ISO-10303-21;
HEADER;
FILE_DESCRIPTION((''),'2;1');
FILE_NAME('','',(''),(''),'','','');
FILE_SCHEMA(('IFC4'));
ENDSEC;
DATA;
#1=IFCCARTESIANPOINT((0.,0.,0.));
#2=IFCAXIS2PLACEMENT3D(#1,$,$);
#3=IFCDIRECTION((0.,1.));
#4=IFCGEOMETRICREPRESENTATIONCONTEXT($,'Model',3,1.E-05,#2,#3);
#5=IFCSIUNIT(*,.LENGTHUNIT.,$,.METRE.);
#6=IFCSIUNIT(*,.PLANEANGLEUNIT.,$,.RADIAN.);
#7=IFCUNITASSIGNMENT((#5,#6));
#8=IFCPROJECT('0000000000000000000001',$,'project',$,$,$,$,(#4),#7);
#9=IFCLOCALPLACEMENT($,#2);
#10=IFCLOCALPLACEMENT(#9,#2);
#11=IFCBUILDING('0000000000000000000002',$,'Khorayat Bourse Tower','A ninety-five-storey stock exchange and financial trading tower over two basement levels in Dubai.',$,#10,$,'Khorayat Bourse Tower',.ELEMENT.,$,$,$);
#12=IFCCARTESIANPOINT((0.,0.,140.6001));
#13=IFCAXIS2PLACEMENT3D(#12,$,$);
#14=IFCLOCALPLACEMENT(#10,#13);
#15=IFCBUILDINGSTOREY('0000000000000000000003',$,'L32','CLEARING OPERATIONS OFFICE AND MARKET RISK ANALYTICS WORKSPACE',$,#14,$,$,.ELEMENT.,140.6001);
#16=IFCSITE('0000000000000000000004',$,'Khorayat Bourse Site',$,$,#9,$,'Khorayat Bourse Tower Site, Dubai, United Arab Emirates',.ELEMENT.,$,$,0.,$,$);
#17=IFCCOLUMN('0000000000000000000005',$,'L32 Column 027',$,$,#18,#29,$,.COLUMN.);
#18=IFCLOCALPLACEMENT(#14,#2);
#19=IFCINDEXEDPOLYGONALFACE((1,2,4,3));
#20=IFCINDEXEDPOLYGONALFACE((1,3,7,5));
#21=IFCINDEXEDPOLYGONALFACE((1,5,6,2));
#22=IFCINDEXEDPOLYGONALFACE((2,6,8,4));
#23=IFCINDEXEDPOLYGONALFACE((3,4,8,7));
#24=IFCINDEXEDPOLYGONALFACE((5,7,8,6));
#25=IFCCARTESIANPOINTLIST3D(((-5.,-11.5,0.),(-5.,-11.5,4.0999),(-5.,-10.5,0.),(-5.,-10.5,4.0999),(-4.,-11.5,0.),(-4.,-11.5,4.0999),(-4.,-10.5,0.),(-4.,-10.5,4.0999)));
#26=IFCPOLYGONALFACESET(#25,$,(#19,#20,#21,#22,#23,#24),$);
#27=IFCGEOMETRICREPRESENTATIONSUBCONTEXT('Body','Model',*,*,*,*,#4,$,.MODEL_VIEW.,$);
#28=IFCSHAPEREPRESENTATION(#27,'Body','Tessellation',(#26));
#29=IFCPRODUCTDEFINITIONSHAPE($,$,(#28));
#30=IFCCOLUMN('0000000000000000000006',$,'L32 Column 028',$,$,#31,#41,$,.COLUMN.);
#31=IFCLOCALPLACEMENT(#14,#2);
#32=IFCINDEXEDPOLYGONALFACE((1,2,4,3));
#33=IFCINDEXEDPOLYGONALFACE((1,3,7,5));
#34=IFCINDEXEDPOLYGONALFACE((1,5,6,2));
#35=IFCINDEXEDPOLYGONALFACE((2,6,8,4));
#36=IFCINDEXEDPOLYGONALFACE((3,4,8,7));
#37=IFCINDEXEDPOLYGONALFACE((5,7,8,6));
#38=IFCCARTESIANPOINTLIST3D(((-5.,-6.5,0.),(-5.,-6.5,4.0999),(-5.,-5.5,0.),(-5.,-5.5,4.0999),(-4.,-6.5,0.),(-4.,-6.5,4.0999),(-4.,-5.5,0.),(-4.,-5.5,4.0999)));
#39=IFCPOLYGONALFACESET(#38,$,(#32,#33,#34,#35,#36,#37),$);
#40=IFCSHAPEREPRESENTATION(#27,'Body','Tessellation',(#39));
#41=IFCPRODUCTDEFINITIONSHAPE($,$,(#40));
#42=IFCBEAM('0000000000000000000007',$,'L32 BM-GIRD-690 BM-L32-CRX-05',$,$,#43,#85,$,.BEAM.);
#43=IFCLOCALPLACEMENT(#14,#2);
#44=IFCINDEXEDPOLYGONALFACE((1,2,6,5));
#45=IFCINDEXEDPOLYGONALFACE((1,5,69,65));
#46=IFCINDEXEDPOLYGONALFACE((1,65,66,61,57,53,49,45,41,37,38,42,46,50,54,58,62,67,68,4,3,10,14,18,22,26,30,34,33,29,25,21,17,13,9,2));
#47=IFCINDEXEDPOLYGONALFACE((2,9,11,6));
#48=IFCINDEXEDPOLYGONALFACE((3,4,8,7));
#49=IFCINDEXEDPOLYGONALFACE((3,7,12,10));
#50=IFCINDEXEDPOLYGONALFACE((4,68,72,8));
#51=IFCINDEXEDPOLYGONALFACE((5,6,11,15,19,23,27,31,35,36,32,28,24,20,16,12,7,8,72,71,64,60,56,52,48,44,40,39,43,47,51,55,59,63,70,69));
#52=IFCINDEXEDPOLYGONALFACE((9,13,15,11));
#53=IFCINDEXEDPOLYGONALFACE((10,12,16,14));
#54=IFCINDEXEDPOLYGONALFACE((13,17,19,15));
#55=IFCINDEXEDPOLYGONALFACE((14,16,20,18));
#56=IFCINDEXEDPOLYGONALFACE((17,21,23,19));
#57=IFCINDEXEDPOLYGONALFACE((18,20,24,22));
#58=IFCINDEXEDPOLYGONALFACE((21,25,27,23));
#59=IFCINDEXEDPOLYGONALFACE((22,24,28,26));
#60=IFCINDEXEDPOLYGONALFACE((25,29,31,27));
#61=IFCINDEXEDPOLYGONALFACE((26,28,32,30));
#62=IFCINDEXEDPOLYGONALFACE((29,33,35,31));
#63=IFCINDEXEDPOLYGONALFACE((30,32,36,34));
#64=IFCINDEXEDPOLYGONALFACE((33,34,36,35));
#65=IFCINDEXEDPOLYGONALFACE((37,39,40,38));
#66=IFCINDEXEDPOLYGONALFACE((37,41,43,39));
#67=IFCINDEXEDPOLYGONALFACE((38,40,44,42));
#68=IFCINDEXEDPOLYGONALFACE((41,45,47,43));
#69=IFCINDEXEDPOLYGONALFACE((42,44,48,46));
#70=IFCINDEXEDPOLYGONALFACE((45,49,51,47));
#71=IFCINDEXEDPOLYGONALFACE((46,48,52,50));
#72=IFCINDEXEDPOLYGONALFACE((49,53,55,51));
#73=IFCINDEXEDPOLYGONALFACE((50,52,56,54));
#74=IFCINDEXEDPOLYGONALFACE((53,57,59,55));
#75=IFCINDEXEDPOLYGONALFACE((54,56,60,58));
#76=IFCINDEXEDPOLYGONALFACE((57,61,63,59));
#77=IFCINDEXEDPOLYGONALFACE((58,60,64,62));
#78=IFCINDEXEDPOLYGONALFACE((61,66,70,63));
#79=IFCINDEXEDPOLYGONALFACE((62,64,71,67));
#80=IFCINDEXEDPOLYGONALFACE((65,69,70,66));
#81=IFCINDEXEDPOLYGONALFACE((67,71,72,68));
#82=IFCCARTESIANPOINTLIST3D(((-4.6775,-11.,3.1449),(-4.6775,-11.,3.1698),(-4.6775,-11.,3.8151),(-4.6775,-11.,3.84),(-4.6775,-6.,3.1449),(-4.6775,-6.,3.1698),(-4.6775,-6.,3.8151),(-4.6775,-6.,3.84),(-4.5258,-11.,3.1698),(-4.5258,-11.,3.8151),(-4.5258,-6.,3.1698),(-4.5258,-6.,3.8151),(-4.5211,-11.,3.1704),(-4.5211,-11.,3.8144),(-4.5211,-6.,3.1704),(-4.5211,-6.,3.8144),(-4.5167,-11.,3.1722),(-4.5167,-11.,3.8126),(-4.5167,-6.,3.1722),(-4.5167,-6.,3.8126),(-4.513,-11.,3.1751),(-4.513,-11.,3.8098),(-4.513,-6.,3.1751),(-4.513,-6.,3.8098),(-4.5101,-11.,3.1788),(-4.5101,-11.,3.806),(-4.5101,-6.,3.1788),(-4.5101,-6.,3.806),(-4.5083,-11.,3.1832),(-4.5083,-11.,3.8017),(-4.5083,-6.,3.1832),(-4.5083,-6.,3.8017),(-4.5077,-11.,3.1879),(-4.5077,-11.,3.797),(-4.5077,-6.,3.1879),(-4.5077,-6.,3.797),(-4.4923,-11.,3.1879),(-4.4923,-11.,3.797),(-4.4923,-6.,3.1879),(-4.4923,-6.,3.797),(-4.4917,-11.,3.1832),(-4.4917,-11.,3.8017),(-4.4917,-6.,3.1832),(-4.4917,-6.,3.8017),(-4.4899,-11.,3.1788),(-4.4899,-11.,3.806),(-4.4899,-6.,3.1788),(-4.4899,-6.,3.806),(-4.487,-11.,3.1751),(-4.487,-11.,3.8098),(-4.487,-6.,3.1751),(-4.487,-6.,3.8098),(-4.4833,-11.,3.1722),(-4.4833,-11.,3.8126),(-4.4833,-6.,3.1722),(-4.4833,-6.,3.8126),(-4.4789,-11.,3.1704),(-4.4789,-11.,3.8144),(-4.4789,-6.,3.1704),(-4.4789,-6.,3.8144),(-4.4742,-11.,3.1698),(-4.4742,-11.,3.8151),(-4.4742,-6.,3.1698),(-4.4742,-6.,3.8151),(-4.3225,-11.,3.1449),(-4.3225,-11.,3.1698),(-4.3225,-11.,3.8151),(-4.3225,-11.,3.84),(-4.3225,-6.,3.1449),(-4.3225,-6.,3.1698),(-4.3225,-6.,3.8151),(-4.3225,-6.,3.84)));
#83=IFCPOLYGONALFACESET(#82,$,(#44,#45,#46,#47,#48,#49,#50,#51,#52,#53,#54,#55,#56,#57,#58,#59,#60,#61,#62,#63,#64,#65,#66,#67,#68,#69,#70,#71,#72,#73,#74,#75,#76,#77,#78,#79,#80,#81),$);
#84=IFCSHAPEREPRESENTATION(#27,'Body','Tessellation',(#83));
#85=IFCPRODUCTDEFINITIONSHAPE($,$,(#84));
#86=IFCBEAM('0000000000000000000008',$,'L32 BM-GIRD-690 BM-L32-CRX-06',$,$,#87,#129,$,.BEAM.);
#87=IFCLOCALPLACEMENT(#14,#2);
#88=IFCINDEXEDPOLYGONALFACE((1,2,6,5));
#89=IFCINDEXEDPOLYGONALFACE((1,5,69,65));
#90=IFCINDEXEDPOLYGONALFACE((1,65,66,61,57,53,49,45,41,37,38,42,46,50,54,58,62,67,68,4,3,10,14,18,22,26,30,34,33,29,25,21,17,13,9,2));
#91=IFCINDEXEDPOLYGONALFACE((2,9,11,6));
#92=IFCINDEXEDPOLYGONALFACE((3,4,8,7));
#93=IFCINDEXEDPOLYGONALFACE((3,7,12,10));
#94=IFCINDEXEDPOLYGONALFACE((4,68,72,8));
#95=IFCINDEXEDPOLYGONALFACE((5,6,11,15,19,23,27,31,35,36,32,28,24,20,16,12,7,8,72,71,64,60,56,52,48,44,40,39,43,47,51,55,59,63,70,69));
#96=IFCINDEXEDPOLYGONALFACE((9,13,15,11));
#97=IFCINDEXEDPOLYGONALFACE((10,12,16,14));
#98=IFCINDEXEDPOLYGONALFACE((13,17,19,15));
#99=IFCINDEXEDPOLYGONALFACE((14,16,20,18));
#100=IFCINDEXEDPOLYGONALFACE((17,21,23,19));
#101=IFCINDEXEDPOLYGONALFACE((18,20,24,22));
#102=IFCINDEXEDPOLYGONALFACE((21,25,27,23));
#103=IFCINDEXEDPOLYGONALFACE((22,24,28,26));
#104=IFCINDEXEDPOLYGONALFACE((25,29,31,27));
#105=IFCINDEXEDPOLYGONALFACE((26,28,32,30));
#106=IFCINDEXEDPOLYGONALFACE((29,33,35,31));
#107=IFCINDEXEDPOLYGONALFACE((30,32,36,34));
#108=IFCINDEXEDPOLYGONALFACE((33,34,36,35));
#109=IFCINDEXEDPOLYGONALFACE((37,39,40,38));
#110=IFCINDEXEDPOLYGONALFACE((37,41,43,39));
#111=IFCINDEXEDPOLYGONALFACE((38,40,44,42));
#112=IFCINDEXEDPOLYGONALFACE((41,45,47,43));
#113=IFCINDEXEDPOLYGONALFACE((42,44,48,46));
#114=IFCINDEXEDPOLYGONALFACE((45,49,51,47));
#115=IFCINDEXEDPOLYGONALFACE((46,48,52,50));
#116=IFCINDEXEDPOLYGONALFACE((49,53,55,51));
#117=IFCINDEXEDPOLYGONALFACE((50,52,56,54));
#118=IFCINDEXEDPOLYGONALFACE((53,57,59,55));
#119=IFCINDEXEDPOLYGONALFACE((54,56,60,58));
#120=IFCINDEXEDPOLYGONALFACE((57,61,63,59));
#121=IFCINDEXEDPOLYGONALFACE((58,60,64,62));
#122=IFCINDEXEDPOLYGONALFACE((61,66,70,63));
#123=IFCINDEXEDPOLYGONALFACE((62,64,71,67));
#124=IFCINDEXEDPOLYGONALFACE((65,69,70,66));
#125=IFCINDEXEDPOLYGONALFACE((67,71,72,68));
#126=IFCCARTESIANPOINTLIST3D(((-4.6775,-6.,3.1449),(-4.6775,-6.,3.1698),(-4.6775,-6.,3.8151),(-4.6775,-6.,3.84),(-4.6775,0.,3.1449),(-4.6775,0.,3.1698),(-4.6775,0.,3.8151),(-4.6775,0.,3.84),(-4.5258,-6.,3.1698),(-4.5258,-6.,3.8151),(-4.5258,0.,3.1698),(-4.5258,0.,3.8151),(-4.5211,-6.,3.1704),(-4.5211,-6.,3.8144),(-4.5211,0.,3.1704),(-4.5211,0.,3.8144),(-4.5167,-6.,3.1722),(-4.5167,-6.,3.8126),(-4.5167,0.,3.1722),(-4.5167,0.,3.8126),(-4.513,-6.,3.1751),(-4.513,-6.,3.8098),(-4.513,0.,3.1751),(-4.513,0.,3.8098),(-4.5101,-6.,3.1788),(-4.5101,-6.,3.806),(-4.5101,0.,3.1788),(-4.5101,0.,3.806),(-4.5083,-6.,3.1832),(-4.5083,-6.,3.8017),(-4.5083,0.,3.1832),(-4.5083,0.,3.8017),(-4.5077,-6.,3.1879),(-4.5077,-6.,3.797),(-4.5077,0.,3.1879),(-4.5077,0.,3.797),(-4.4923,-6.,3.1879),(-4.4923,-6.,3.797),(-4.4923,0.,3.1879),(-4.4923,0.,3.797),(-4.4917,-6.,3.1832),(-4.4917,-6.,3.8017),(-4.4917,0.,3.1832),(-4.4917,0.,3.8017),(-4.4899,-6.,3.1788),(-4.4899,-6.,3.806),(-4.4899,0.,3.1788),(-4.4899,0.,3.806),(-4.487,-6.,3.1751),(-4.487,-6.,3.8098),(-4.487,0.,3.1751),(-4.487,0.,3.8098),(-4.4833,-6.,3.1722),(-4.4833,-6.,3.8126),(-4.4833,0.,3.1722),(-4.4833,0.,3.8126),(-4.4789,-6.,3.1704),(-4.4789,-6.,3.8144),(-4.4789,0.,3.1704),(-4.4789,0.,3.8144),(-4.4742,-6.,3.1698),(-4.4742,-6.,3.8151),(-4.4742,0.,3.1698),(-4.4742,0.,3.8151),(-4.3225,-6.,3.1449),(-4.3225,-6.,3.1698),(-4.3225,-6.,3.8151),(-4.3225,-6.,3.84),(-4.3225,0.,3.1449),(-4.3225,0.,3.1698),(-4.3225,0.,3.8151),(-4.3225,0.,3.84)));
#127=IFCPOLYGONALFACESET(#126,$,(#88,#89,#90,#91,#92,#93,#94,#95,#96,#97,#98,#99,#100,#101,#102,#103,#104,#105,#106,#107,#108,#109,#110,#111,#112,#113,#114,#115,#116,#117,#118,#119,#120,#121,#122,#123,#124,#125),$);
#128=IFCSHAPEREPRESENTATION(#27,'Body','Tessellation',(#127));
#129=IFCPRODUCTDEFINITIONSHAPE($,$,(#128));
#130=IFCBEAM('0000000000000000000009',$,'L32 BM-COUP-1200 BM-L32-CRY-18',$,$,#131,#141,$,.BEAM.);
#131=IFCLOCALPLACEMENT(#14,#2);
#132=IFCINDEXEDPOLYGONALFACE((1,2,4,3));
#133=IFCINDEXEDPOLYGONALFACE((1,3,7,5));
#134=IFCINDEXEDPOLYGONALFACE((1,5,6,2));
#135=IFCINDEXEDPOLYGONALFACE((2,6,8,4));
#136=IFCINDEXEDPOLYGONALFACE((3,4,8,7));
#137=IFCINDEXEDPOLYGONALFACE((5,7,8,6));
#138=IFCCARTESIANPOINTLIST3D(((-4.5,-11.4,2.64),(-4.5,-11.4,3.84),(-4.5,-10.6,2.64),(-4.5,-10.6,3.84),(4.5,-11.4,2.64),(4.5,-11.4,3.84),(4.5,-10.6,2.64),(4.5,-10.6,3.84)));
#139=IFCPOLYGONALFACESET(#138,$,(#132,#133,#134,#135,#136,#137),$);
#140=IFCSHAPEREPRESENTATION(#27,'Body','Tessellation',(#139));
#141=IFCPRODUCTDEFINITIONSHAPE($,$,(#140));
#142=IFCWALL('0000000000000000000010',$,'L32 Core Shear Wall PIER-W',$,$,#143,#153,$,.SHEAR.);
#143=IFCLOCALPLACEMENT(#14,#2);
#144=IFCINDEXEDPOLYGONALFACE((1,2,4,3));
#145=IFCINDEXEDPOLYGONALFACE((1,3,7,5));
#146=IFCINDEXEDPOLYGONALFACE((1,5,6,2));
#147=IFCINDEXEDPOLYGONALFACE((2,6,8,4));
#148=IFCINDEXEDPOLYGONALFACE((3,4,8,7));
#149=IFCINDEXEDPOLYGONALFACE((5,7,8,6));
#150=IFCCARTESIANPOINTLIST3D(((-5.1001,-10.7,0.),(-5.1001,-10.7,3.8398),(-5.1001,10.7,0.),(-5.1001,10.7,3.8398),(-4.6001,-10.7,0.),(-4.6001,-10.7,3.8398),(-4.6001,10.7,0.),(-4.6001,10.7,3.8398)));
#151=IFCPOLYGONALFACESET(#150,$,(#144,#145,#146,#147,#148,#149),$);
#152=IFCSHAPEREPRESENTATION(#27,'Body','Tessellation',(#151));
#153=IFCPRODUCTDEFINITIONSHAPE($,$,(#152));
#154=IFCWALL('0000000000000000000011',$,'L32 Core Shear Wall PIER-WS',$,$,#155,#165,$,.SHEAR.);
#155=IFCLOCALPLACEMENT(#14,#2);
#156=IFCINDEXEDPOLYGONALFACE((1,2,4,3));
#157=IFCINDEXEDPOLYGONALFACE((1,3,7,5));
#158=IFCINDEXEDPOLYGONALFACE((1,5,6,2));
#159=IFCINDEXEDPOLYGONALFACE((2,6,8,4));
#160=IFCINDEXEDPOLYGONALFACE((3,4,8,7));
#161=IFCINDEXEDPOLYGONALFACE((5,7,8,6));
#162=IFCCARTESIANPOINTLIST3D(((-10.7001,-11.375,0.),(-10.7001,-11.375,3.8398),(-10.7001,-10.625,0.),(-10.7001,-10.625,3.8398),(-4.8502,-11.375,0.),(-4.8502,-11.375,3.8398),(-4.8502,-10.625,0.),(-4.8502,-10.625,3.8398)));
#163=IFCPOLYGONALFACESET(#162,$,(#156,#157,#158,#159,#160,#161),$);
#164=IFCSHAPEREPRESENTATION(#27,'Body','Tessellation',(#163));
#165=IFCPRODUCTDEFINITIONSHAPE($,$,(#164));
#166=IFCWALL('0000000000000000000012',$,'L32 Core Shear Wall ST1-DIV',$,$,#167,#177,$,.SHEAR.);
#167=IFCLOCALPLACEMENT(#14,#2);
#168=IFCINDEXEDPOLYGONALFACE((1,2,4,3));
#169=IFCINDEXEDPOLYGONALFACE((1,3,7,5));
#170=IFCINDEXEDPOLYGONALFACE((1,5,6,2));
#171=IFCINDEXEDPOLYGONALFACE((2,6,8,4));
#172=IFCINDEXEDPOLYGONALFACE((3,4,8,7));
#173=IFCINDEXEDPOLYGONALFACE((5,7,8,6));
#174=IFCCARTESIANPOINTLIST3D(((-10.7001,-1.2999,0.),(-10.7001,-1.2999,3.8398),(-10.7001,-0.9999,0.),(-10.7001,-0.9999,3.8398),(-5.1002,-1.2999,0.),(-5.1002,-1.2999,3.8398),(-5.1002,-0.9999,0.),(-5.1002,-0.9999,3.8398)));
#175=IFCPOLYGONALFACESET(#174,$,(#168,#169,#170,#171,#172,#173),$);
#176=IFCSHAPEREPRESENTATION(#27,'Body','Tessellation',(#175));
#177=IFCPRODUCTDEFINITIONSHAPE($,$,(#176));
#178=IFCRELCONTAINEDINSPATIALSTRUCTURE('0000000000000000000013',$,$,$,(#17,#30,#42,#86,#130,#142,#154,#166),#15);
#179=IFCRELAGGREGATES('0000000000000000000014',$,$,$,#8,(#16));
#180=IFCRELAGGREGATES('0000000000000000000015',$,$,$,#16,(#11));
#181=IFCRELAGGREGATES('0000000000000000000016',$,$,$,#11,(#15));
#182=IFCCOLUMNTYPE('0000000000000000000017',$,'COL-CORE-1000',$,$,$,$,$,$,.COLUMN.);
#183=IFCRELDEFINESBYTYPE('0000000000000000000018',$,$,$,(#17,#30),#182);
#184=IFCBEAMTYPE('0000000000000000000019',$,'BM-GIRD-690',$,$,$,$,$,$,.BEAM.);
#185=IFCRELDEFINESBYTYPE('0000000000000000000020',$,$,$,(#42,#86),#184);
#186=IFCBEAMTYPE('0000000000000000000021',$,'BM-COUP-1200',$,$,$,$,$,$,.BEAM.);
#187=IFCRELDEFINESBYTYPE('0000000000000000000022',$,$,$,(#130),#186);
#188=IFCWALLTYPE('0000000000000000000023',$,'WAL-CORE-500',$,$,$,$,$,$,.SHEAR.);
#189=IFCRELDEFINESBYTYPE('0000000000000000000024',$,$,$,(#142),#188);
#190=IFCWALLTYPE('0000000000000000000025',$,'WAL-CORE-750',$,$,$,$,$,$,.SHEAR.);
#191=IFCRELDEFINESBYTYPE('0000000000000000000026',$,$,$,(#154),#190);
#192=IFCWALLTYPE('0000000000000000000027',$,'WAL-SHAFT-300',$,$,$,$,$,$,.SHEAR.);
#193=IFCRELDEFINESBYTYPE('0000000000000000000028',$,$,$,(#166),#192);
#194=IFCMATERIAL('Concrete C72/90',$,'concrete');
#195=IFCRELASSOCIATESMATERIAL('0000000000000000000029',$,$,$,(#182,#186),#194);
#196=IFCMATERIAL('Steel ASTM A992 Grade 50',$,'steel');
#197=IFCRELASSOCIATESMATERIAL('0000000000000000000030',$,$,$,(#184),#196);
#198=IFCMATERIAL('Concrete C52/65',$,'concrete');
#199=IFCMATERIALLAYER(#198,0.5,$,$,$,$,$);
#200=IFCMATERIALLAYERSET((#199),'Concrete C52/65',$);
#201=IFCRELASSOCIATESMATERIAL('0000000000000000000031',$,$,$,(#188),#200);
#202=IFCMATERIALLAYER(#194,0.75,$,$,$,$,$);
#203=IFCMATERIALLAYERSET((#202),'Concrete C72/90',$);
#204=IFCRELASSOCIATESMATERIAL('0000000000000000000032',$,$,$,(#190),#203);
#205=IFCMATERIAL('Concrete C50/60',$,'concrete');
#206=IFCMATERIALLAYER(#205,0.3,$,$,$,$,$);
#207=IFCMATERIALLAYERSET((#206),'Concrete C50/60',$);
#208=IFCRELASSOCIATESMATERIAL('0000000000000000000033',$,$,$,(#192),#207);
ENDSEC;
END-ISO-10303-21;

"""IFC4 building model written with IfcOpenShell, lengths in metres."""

from ifc_helpers import new_model, si_unit, direction, frame, frame_2d, origin, origin_2d, place, context, subcontext, project, spatial, rectangle, i_section, extrude, source, transform, mapped, material, layer, layer_set, material_profile, profile_set, type_object, element, save


model = new_model("IFC4")

# Units and contexts
model_context = context("Model", 3, precision=1e-05, world=origin(), true_north=direction((0.0, 1.0)))
body_context = subcontext(model_context, "Body", "Model", "MODEL_VIEW")
ifc_project = project(units=[si_unit("LENGTHUNIT", "METRE"), si_unit("PLANEANGLEUNIT", "RADIAN")], contexts=[model_context])

# Site, building, storey
site_placement = place(None, origin())
site = spatial("IfcSite", under=ifc_project, at=site_placement, Name="Khorayat Bourse Site", LongName="Khorayat Bourse Tower Site, Dubai, United Arab Emirates", CompositionType="ELEMENT", RefElevation=0.0)
building_placement = place(site_placement, origin())
building = spatial("IfcBuilding", under=site, at=building_placement, Name="Khorayat Bourse Tower", Description="A ninety-five-storey stock exchange and financial trading tower over two basement levels in Dubai.", LongName="Khorayat Bourse Tower", CompositionType="ELEMENT")
storey_placement = place(building_placement, frame((0.0, 0.0, 140.6001)))
storey = spatial("IfcBuildingStorey", under=building, at=storey_placement, Name="L32", Description="CLEARING OPERATIONS OFFICE AND MARKET RISK ANALYTICS WORKSPACE", CompositionType="ELEMENT", Elevation=140.6001)

# Columns
ifc_material_1 = material(Name="Concrete C72/90", Category="concrete")
ifc_material_profile_1 = material_profile(ifc_material_1, rectangle(XDim=1.0, YDim=1.0, at=origin_2d()), Name="RC 1000x1000")
ifc_profile_set_1 = profile_set([ifc_material_profile_1], Name="Concrete C72/90")
column_type = type_object("IfcColumnType", Name="COL-CORE-1000", PredefinedType="COLUMN", material=ifc_profile_set_1)
shared_shape_1 = source(origin(), body_context, "Body", "SweptSolid", [
    extrude(rectangle(XDim=1.0, YDim=1.0, at=origin_2d()), origin(), (0.0, 0.0, 1.0), 4.0999),
])
for number, where, z_axis, x_axis, name in (
    (1, (-4.5, -11.0, 0.0), (0.0, 0.0, 1.0), (1.0, 0.0, 0.0), "L32 Column 027"),
    (2, (-4.5, -6.0, 0.0), (0.0, 0.0, 1.0), (1.0, 0.0, 0.0), "L32 Column 028"),
):
    element("IfcColumn", number, at=place(storey_placement, frame(where, z_axis=z_axis, x_axis=x_axis)), inside=storey, type_object=column_type, Name=name, PredefinedType="COLUMN", context=body_context, shape_type="MappedRepresentation", body=[
        mapped(shared_shape_1, transform((0.0, 0.0, 0.0), scale=1.0)),
    ])

# Beams
ifc_material_2 = material(Name="Steel ASTM A992 Grade 50", Category="steel")
ifc_material_profile_2 = material_profile(ifc_material_2, i_section(OverallWidth=0.355, OverallDepth=0.6951, WebThickness=0.0154, FlangeThickness=0.0249, FilletRadius=0.0181, at=origin_2d()), Name="W690X217")
ifc_profile_set_2 = profile_set([ifc_material_profile_2], Name="Steel ASTM A992 Grade 50")
beam_type_1 = type_object("IfcBeamType", Name="BM-GIRD-690", PredefinedType="BEAM", material=ifc_profile_set_2)
shared_shape_2 = source(origin(), body_context, "Body", "SweptSolid", [
    extrude(i_section(OverallWidth=0.355, OverallDepth=0.6951, WebThickness=0.0154, FlangeThickness=0.0249, FilletRadius=0.0181, at=origin_2d()), origin(), (0.0, 0.0, 1.0), 5.0),
])
beam_1_placement = place(storey_placement, frame((-4.5, -11.0, 3.4924), z_axis=(0.0, 1.0, 0.0), x_axis=(-1.0, 0.0, 0.0)))
element("IfcBeam", 3, at=beam_1_placement, inside=storey, type_object=beam_type_1, Name="L32 BM-GIRD-690 BM-L32-CRX-05", PredefinedType="BEAM", context=body_context, shape_type="MappedRepresentation", body=[
    mapped(shared_shape_2, transform((0.0, 0.0, 0.0), scale=1.0)),
])
shared_shape_3 = source(origin(), body_context, "Body", "SweptSolid", [
    extrude(i_section(OverallWidth=0.355, OverallDepth=0.6951, WebThickness=0.0154, FlangeThickness=0.0249, FilletRadius=0.0181, at=origin_2d()), origin(), (0.0, 0.0, 1.0), 6.0),
])
beam_2_placement = place(storey_placement, frame((-4.5, -6.0, 3.4924), z_axis=(0.0, 1.0, 0.0), x_axis=(-1.0, 0.0, 0.0)))
element("IfcBeam", 4, at=beam_2_placement, inside=storey, type_object=beam_type_1, Name="L32 BM-GIRD-690 BM-L32-CRX-06", PredefinedType="BEAM", context=body_context, shape_type="MappedRepresentation", body=[
    mapped(shared_shape_3, transform((0.0, 0.0, 0.0), scale=1.0)),
])
ifc_material_profile_3 = material_profile(ifc_material_1, rectangle(XDim=0.8, YDim=1.2, at=origin_2d()), Name="RC 800x1200")
ifc_profile_set_3 = profile_set([ifc_material_profile_3], Name="Concrete C72/90")
beam_type_2 = type_object("IfcBeamType", Name="BM-COUP-1200", PredefinedType="BEAM", material=ifc_profile_set_3)
shared_shape_4 = source(origin(), body_context, "Body", "SweptSolid", [
    extrude(rectangle(XDim=0.8, YDim=1.2, at=origin_2d()), origin(), (0.0, 0.0, 1.0), 9.0),
])
beam_3_placement = place(storey_placement, frame((-4.5, -11.0, 3.24), z_axis=(1.0, 0.0, 0.0), x_axis=(0.0, 1.0, 0.0)))
element("IfcBeam", 5, at=beam_3_placement, inside=storey, type_object=beam_type_2, Name="L32 BM-COUP-1200 BM-L32-CRY-18", PredefinedType="BEAM", context=body_context, shape_type="MappedRepresentation", body=[
    mapped(shared_shape_4, transform((0.0, 0.0, 0.0), scale=1.0)),
])

# Walls
ifc_material_3 = material(Name="Concrete C52/65", Category="concrete")
ifc_layer_1 = layer(ifc_material_3, 0.5)
ifc_layer_set_1 = layer_set([ifc_layer_1], Name="Concrete C52/65")
wall_type_1 = type_object("IfcWallType", Name="WAL-CORE-500", PredefinedType="SHEAR", material=ifc_layer_set_1)
shared_shape_5 = source(origin(), body_context, "Body", "SweptSolid", [
    extrude(rectangle(XDim=21.3999, YDim=0.5, at=frame_2d((10.7, 0.0))), origin(), (0.0, 0.0, 1.0), 3.8398),
])
wall_1_placement = place(storey_placement, frame((-4.8501, -10.7, 0.0), z_axis=(0.0, 0.0, 1.0), x_axis=(0.0, 1.0, 0.0)))
element("IfcWall", 6, at=wall_1_placement, inside=storey, type_object=wall_type_1, Name="L32 Core Shear Wall PIER-W", PredefinedType="SHEAR", context=body_context, shape_type="MappedRepresentation", body=[
    mapped(shared_shape_5, transform((0.0, 0.0, 0.0), scale=1.0)),
])
ifc_layer_2 = layer(ifc_material_1, 0.75)
ifc_layer_set_2 = layer_set([ifc_layer_2], Name="Concrete C72/90")
wall_type_2 = type_object("IfcWallType", Name="WAL-CORE-750", PredefinedType="SHEAR", material=ifc_layer_set_2)
shared_shape_6 = source(origin(), body_context, "Body", "SweptSolid", [
    extrude(rectangle(XDim=5.8499, YDim=0.75, at=frame_2d((2.9248, 0.0))), origin(), (0.0, 0.0, 1.0), 3.8398),
])
wall_2_placement = place(storey_placement, frame((-10.7, -11.0, 0.0), z_axis=(0.0, 0.0, 1.0), x_axis=(1.0, 0.0, 0.0)))
element("IfcWall", 7, at=wall_2_placement, inside=storey, type_object=wall_type_2, Name="L32 Core Shear Wall PIER-WS", PredefinedType="SHEAR", context=body_context, shape_type="MappedRepresentation", body=[
    mapped(shared_shape_6, transform((0.0, 0.0, 0.0), scale=1.0)),
])
ifc_material_4 = material(Name="Concrete C50/60", Category="concrete")
ifc_layer_3 = layer(ifc_material_4, 0.3)
ifc_layer_set_3 = layer_set([ifc_layer_3], Name="Concrete C50/60")
wall_type_3 = type_object("IfcWallType", Name="WAL-SHAFT-300", PredefinedType="SHEAR", material=ifc_layer_set_3)
shared_shape_7 = source(origin(), body_context, "Body", "SweptSolid", [
    extrude(rectangle(XDim=5.5999, YDim=0.3, at=frame_2d((2.7998, 0.0))), origin(), (0.0, 0.0, 1.0), 3.8398),
])
wall_3_placement = place(storey_placement, frame((-10.7, -1.1499, 0.0), z_axis=(0.0, 0.0, 1.0), x_axis=(1.0, 0.0, 0.0)))
element("IfcWall", 8, at=wall_3_placement, inside=storey, type_object=wall_type_3, Name="L32 Core Shear Wall ST1-DIV", PredefinedType="SHEAR", context=body_context, shape_type="MappedRepresentation", body=[
    mapped(shared_shape_7, transform((0.0, 0.0, 0.0), scale=1.0)),
])

save(model, "model.ifc")
